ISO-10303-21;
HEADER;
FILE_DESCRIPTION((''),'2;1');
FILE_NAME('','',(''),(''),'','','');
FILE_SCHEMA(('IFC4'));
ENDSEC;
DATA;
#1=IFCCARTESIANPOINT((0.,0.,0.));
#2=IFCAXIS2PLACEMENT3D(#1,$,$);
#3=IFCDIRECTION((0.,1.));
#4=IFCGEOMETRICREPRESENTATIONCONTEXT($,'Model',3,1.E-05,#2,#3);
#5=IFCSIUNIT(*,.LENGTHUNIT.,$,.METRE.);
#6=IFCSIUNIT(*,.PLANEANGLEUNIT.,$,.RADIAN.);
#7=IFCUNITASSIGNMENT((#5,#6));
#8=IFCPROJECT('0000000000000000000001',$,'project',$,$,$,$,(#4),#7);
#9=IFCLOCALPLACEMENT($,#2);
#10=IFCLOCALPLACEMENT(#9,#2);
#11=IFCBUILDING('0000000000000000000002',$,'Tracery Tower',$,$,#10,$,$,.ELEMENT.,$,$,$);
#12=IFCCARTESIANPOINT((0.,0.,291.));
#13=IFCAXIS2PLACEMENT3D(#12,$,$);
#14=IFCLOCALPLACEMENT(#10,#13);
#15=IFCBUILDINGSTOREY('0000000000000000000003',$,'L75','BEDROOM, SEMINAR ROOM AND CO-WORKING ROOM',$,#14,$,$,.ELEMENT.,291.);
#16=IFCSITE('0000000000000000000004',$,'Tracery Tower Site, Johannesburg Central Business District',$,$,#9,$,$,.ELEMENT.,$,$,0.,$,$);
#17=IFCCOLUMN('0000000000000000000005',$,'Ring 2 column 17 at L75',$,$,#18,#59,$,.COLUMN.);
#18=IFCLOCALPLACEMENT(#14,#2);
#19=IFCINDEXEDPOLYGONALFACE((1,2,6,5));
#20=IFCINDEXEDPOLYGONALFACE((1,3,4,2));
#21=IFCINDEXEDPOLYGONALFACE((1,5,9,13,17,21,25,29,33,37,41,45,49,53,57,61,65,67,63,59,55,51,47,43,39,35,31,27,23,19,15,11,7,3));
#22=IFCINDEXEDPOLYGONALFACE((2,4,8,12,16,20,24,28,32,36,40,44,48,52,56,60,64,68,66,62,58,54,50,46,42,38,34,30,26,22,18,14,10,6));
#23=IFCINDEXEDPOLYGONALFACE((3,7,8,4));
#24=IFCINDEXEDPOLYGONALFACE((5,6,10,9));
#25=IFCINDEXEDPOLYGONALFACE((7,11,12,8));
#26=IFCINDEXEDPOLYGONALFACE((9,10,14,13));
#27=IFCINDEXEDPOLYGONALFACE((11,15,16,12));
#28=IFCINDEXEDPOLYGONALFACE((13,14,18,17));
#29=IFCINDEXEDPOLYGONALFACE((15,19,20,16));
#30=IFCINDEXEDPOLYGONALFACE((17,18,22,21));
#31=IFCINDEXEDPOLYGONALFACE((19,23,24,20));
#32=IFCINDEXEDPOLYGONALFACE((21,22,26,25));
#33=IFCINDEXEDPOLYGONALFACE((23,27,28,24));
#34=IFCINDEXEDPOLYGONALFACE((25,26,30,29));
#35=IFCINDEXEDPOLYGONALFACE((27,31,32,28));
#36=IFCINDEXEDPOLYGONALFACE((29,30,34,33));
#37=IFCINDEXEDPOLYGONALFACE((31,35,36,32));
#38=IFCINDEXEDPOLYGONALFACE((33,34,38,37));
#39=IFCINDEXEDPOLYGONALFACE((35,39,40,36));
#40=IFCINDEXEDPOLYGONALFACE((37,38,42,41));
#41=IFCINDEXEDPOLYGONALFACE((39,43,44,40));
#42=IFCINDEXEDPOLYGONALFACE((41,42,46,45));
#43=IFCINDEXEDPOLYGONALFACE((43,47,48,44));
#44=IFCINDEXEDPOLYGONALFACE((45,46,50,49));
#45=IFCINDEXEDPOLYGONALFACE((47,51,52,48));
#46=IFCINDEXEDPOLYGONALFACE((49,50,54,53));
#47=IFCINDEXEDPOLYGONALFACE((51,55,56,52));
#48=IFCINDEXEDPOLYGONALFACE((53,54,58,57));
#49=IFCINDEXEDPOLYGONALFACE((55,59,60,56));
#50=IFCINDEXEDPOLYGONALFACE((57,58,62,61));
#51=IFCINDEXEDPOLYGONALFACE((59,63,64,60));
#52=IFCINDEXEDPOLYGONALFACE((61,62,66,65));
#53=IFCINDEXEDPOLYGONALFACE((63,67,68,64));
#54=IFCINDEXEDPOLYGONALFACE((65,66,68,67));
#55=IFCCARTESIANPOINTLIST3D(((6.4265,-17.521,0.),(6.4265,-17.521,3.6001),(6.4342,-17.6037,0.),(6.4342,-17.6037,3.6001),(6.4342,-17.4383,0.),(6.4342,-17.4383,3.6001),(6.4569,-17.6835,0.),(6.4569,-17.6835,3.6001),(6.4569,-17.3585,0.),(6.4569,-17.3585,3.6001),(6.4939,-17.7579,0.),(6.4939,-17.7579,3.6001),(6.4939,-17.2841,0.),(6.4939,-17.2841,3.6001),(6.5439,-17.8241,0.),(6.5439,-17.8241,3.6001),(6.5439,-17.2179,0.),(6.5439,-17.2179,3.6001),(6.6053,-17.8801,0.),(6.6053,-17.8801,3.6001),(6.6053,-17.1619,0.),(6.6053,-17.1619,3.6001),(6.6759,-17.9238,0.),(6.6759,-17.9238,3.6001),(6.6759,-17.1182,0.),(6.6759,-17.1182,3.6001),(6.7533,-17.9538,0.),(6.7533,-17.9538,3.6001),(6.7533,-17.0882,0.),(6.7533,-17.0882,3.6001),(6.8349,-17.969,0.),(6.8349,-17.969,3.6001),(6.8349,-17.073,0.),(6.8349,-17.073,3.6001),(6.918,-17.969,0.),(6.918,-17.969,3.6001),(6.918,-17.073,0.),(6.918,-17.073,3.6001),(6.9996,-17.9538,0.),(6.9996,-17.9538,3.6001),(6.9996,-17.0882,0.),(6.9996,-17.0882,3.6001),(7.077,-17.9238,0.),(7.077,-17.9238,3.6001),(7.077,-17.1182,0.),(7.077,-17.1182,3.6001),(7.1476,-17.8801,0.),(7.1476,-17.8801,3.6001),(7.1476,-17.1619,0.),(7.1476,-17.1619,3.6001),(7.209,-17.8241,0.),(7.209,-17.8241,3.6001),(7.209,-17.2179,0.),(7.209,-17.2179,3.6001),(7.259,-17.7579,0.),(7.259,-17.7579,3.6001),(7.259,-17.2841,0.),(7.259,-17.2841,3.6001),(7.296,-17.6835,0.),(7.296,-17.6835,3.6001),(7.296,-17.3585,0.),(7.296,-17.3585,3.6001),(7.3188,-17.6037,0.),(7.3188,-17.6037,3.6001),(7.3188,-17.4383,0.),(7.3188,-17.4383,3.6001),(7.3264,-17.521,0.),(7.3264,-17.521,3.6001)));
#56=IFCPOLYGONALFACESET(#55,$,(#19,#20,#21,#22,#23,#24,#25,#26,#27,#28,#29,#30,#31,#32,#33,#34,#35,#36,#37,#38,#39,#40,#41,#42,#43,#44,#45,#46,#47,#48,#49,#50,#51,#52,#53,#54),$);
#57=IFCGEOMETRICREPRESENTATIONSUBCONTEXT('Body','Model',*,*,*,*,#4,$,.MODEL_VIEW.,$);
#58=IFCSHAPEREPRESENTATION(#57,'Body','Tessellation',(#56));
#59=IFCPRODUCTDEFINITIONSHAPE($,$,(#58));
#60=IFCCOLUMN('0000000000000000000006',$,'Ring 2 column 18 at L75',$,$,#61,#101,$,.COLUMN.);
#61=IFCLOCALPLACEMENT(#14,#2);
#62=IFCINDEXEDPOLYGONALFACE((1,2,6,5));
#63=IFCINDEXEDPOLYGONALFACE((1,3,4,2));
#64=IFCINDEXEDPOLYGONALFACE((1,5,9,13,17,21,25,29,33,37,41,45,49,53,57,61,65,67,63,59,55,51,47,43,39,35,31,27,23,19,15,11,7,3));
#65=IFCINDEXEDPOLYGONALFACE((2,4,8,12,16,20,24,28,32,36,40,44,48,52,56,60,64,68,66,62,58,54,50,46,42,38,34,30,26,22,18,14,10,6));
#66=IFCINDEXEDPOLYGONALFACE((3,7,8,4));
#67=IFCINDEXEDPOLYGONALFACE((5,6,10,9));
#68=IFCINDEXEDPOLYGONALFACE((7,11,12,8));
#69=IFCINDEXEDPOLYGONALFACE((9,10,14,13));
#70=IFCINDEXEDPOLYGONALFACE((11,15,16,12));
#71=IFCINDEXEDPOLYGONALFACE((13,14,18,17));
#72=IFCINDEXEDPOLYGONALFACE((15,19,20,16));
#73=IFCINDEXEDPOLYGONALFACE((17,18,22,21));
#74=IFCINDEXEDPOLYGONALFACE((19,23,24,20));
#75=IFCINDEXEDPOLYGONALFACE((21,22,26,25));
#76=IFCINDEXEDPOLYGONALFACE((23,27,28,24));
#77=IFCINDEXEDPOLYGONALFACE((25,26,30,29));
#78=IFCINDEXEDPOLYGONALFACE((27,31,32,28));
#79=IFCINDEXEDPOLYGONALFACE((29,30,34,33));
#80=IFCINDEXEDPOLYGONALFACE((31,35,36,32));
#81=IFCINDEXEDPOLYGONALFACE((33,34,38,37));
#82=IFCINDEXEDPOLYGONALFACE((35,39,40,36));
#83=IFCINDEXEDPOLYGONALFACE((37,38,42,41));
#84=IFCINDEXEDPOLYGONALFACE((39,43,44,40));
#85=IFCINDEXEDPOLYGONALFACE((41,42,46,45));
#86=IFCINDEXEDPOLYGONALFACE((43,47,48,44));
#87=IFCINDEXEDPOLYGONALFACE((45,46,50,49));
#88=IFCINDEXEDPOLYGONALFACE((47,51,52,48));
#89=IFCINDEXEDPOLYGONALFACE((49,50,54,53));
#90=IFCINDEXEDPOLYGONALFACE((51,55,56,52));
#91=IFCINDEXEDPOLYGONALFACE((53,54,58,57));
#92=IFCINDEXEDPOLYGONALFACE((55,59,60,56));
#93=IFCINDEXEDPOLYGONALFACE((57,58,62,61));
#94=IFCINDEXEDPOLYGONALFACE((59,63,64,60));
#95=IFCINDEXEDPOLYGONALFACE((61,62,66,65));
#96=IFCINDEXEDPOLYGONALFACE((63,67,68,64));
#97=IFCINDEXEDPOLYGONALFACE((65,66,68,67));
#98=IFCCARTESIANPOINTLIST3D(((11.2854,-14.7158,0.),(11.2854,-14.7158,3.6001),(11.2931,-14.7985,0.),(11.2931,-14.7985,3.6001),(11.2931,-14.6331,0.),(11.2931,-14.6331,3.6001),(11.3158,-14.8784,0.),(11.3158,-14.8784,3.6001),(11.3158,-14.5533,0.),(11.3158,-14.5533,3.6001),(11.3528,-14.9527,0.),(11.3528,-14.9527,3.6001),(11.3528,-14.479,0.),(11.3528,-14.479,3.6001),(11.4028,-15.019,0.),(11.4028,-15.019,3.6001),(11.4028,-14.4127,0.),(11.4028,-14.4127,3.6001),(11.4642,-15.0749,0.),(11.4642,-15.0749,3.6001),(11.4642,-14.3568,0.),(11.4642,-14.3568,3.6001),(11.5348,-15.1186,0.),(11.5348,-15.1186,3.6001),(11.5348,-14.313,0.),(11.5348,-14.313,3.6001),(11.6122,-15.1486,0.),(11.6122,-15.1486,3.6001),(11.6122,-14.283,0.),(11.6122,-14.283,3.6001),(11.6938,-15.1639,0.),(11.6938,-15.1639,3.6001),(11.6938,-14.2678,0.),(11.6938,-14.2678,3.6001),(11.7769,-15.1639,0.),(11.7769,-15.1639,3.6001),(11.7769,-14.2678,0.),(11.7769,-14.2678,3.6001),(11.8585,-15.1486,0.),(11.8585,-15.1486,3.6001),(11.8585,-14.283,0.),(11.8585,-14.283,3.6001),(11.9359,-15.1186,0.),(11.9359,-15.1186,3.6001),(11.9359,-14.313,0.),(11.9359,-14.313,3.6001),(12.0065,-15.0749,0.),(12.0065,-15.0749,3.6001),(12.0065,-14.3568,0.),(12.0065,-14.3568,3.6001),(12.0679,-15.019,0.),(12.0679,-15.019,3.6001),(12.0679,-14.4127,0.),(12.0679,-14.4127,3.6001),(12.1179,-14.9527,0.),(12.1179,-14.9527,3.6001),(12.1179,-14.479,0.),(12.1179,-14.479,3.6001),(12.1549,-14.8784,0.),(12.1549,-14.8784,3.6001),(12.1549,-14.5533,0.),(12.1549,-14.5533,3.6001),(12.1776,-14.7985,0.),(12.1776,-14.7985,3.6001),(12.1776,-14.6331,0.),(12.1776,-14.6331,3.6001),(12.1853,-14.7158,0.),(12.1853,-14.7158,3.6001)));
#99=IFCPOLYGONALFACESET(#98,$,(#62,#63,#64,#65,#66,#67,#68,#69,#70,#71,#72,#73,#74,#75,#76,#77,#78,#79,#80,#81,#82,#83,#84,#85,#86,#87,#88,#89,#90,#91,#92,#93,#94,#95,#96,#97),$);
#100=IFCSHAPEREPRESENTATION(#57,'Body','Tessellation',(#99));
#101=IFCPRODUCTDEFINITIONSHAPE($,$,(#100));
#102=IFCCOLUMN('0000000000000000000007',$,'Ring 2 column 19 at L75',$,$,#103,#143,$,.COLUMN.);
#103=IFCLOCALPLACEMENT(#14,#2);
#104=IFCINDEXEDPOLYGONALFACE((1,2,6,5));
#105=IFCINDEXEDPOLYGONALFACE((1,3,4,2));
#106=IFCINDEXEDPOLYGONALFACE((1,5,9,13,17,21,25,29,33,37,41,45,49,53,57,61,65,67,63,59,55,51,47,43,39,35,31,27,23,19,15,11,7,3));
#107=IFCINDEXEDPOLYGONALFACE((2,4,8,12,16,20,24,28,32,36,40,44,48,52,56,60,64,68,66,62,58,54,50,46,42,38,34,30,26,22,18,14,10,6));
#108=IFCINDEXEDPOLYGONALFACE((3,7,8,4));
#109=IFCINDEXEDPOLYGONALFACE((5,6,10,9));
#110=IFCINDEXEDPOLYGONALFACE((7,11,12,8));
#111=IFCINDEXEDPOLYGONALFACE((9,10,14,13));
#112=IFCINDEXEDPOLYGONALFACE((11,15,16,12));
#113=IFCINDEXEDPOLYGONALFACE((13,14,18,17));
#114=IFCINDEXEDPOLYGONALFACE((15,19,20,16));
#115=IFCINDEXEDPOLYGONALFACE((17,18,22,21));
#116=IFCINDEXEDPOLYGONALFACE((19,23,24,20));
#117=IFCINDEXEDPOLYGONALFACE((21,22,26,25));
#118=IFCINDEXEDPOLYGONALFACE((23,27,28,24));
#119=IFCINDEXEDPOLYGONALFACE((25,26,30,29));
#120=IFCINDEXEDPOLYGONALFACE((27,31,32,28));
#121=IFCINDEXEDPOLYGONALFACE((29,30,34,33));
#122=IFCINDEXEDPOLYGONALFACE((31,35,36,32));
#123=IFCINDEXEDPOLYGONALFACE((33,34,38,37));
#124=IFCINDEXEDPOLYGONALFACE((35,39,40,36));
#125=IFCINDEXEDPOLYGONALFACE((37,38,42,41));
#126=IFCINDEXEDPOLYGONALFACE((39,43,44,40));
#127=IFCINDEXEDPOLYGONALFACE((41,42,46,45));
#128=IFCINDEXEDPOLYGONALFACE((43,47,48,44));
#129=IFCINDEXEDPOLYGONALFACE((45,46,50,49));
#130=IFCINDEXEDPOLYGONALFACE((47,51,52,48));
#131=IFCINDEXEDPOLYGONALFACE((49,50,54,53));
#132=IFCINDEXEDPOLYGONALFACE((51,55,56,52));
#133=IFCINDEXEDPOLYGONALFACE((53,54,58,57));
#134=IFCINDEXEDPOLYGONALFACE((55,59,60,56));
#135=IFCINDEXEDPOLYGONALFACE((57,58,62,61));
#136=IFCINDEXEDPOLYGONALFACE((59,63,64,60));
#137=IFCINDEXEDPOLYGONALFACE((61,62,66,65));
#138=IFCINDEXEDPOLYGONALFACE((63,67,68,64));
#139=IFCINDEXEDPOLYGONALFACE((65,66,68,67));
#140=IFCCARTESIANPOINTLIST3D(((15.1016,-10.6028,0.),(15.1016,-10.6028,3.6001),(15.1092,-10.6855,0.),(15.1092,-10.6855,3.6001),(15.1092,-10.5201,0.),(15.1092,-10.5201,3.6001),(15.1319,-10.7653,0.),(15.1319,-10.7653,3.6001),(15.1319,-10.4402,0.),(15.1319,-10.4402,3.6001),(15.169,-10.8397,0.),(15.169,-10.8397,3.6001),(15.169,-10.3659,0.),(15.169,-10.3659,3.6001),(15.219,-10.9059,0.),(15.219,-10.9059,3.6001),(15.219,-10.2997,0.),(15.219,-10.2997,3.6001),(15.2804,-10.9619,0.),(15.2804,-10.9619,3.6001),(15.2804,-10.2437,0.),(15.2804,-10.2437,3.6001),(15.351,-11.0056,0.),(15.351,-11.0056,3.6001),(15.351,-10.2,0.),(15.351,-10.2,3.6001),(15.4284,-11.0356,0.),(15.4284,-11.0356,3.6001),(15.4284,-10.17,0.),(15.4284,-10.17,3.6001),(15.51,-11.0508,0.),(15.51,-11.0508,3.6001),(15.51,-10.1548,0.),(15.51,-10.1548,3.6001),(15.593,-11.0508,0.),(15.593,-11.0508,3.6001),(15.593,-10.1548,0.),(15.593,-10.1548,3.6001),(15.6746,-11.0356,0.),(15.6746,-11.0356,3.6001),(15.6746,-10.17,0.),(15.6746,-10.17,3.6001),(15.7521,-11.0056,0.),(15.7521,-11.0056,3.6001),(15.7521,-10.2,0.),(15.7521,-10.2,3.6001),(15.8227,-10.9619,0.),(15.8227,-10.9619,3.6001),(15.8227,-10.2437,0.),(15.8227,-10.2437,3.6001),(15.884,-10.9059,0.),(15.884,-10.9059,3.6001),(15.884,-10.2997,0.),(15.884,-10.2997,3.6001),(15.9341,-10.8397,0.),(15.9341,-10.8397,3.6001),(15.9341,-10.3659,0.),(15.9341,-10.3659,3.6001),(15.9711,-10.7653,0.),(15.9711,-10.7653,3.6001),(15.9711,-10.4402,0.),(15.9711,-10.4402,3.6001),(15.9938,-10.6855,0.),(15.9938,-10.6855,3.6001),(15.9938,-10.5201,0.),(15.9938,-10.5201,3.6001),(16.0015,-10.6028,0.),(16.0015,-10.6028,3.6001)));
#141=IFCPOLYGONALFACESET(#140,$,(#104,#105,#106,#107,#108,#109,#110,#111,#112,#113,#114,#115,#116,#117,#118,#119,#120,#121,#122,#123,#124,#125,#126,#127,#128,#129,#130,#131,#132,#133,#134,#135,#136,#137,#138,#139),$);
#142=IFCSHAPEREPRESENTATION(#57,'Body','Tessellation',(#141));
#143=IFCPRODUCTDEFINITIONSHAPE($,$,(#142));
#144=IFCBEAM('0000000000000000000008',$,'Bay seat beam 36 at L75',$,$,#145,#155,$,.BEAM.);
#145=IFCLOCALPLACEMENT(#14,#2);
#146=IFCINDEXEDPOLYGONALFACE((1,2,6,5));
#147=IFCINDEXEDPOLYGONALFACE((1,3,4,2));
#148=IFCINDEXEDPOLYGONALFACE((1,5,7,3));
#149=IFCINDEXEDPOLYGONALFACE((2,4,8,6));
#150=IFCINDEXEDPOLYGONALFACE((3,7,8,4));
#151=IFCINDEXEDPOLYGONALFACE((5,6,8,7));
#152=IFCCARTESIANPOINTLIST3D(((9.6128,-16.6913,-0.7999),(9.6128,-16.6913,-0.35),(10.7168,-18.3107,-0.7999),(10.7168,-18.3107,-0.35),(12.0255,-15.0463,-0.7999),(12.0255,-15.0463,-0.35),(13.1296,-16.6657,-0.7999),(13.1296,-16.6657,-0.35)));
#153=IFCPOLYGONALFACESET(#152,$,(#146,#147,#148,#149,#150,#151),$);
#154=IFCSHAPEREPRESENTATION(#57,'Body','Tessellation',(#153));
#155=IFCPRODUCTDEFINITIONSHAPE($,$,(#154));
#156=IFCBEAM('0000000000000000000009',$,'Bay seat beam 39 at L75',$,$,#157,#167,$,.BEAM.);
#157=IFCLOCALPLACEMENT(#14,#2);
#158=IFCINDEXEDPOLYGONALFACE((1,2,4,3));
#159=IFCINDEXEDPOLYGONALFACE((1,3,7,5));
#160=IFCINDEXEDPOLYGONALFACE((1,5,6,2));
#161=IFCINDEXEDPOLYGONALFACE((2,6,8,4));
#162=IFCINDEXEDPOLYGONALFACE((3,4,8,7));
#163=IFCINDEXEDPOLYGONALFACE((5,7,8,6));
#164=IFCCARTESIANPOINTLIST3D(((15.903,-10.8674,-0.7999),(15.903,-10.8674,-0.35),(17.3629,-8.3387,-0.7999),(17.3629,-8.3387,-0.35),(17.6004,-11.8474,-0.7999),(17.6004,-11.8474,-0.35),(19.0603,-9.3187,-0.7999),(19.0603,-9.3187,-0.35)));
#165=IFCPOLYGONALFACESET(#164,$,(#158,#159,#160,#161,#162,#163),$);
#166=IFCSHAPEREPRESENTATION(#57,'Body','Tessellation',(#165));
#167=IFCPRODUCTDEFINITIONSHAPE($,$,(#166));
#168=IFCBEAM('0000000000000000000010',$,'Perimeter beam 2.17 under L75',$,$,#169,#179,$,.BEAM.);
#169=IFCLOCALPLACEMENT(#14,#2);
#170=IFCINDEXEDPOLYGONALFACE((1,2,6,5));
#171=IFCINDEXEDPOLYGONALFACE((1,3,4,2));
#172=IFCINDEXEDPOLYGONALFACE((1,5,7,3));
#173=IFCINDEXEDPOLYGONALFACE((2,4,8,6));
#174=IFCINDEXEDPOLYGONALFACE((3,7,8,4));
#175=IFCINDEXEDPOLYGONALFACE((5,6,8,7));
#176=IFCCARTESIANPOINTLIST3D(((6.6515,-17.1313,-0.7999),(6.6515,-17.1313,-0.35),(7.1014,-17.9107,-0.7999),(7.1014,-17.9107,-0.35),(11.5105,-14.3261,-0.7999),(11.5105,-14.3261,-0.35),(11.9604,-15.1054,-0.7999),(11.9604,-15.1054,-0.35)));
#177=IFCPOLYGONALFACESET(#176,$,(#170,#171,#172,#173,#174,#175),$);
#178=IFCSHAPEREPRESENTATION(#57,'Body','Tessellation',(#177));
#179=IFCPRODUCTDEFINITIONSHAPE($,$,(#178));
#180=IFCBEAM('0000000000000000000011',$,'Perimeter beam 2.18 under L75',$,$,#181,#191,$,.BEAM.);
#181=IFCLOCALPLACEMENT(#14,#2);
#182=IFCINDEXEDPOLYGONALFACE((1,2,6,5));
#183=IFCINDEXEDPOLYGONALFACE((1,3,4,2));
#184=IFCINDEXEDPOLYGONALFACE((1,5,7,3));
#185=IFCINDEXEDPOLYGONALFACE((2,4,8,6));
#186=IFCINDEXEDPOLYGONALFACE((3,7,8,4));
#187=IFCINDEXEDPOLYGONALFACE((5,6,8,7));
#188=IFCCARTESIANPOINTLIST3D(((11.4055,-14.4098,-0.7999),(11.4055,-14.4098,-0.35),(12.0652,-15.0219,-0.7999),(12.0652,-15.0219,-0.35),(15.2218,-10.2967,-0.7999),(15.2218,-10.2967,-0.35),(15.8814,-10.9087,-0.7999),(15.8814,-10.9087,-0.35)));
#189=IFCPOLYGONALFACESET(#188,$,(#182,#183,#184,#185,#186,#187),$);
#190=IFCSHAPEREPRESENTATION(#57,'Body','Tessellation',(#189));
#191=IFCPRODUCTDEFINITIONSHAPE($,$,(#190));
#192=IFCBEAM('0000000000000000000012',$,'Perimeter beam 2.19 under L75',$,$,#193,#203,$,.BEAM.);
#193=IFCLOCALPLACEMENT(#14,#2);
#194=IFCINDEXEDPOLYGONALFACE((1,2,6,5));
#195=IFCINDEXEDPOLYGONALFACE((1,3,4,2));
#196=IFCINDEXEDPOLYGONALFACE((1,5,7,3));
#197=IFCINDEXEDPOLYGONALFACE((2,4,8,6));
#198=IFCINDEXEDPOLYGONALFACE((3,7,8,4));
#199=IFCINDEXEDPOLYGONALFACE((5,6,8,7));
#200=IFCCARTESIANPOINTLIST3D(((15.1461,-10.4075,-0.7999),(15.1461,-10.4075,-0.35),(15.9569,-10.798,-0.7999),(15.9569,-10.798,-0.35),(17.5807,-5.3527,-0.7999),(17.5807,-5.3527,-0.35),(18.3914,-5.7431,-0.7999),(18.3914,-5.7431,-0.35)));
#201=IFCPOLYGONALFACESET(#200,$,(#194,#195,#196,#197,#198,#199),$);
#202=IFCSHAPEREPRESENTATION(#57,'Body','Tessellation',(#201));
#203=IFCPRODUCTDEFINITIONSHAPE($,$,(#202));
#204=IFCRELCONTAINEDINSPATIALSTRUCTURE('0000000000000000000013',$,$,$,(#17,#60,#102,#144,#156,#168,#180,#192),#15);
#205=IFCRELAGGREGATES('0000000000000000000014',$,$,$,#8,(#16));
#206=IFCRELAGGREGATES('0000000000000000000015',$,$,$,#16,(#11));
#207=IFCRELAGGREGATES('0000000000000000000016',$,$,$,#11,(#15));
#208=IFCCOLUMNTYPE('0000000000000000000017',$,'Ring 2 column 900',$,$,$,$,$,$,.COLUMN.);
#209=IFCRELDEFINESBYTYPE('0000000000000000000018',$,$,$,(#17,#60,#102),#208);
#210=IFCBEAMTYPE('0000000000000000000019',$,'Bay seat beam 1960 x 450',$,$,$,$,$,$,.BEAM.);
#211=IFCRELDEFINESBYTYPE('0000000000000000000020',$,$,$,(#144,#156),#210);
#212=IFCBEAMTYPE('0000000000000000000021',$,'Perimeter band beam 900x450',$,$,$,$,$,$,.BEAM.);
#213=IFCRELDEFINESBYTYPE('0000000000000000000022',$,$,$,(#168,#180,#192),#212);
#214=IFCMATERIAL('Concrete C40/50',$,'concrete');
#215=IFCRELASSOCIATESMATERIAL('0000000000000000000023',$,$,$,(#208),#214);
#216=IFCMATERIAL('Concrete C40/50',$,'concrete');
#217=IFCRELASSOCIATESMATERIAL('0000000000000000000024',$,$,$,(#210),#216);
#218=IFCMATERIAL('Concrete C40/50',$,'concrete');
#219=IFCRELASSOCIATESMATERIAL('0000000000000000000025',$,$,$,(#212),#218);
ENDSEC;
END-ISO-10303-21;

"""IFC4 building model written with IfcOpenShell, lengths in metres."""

from ifc_helpers import new_model, si_unit, direction, frame, origin, origin_2d, place, context, subcontext, project, spatial, rectangle, circle, extrude, material, material_profile, profile_set, type_object, element, save


model = new_model("IFC4")

# Units and contexts
model_context = context("Model", 3, precision=1e-05, world=origin(), true_north=direction((0.0, 1.0)))
body_context = subcontext(model_context, "Body", "Model", "MODEL_VIEW")
ifc_project = project(units=[si_unit("LENGTHUNIT", "METRE"), si_unit("PLANEANGLEUNIT", "RADIAN")], contexts=[model_context])

# Site, building, storey
site_placement = place(None, origin())
site = spatial("IfcSite", under=ifc_project, at=site_placement, Name="Tracery Tower Site, Johannesburg Central Business District", CompositionType="ELEMENT", RefElevation=0.0)
building_placement = place(site_placement, origin())
building = spatial("IfcBuilding", under=site, at=building_placement, Name="Tracery Tower", CompositionType="ELEMENT")
storey_placement = place(building_placement, frame((0.0, 0.0, 291.0)))
storey = spatial("IfcBuildingStorey", under=building, at=storey_placement, Name="L75", Description="BEDROOM, SEMINAR ROOM AND CO-WORKING ROOM", CompositionType="ELEMENT", Elevation=291.0)

# Columns
ifc_material_1 = material(Name="Concrete C40/50", Category="concrete")
ifc_material_profile_1 = material_profile(ifc_material_1, circle(Radius=0.45, at=origin_2d()), Name="RC D900")
ifc_profile_set_1 = profile_set([ifc_material_profile_1], Name="Concrete C40/50")
column_type = type_object("IfcColumnType", Name="Ring 2 column 900", PredefinedType="COLUMN", material=ifc_profile_set_1)
for number, where, z_axis, x_axis, name in (
    (1, (6.8765, -17.521, 0.0), (0.0, 0.0, 1.0), (1.0, 0.0, 0.0), "Ring 2 column 17 at L75"),
    (2, (11.7354, -14.7158, 0.0), (0.0, 0.0, 1.0), (1.0, 0.0, 0.0), "Ring 2 column 18 at L75"),
    (3, (15.5515, -10.6028, 0.0), (0.0, 0.0, 1.0), (1.0, 0.0, 0.0), "Ring 2 column 19 at L75"),
):
    element("IfcColumn", number, at=place(storey_placement, frame(where, z_axis=z_axis, x_axis=x_axis)), inside=storey, type_object=column_type, Name=name, PredefinedType="COLUMN", context=body_context, shape_type="SweptSolid", body=[
        extrude(circle(Radius=0.45, at=origin_2d()), origin(), (0.0, 0.0, 1.0), 3.6001),
    ])

# Beams
ifc_material_2 = material(Name="Concrete C40/50", Category="concrete")
ifc_material_profile_2 = material_profile(ifc_material_2, rectangle(XDim=1.96, YDim=0.45, at=origin_2d()), Name="RC 1960x450")
ifc_profile_set_2 = profile_set([ifc_material_profile_2], Name="Concrete C40/50")
beam_type_1 = type_object("IfcBeamType", Name="Bay seat beam 1960 x 450", PredefinedType="BEAM", material=ifc_profile_set_2)
beam_1_placement = place(storey_placement, frame((10.1648, -17.501, -0.575), z_axis=(0.826243, 0.563313, 0.0), x_axis=(-0.563313, 0.826243, 0.0)))
element("IfcBeam", 4, at=beam_1_placement, inside=storey, type_object=beam_type_1, Name="Bay seat beam 36 at L75", PredefinedType="BEAM", context=body_context, shape_type="SweptSolid", body=[
    extrude(rectangle(XDim=1.96, YDim=0.45, at=origin_2d()), origin(), (0.0, 0.0, 1.0), 2.9202),
])
beam_2_placement = place(storey_placement, frame((16.7517, -11.3574, -0.575), z_axis=(0.499988, 0.866032, 0.0), x_axis=(-0.866032, 0.499988, 0.0)))
element("IfcBeam", 5, at=beam_2_placement, inside=storey, type_object=beam_type_1, Name="Bay seat beam 39 at L75", PredefinedType="BEAM", context=body_context, shape_type="SweptSolid", body=[
    extrude(rectangle(XDim=1.96, YDim=0.45, at=origin_2d()), origin(), (0.0, 0.0, 1.0), 2.9199),
])
ifc_material_3 = material(Name="Concrete C40/50", Category="concrete")
ifc_material_profile_3 = material_profile(ifc_material_3, rectangle(XDim=0.8999, YDim=0.45, at=origin_2d()), Name="RC 900x450")
ifc_profile_set_3 = profile_set([ifc_material_profile_3], Name="Concrete C40/50")
beam_type_2 = type_object("IfcBeamType", Name="Perimeter band beam 900x450", PredefinedType="BEAM", material=ifc_profile_set_3)
beam_3_placement = place(storey_placement, frame((6.8765, -17.521, -0.575), z_axis=(0.866033, 0.499986, 0.0), x_axis=(-0.499986, 0.866033, 0.0)))
element("IfcBeam", 6, at=beam_3_placement, inside=storey, type_object=beam_type_2, Name="Perimeter beam 2.17 under L75", PredefinedType="BEAM", context=body_context, shape_type="SweptSolid", body=[
    extrude(rectangle(XDim=0.8999, YDim=0.45, at=origin_2d()), origin(), (0.0, 0.0, 1.0), 5.6106),
])
beam_4_placement = place(storey_placement, frame((11.7354, -14.7158, -0.575), z_axis=(0.680156, 0.733068, 0.0), x_axis=(-0.733068, 0.680156, 0.0)))
element("IfcBeam", 7, at=beam_4_placement, inside=storey, type_object=beam_type_2, Name="Perimeter beam 2.18 under L75", PredefinedType="BEAM", context=body_context, shape_type="SweptSolid", body=[
    extrude(rectangle(XDim=0.8999, YDim=0.45, at=origin_2d()), origin(), (0.0, 0.0, 1.0), 5.6108),
])
beam_5_placement = place(storey_placement, frame((15.5515, -10.6028, -0.575), z_axis=(0.433919, 0.900952, 0.0), x_axis=(-0.900952, 0.433919, 0.0)))
element("IfcBeam", 8, at=beam_5_placement, inside=storey, type_object=beam_type_2, Name="Perimeter beam 2.19 under L75", PredefinedType="BEAM", context=body_context, shape_type="SweptSolid", body=[
    extrude(rectangle(XDim=0.8999, YDim=0.45, at=origin_2d()), origin(), (0.0, 0.0, 1.0), 5.6106),
])

save(model, "model.ifc")
